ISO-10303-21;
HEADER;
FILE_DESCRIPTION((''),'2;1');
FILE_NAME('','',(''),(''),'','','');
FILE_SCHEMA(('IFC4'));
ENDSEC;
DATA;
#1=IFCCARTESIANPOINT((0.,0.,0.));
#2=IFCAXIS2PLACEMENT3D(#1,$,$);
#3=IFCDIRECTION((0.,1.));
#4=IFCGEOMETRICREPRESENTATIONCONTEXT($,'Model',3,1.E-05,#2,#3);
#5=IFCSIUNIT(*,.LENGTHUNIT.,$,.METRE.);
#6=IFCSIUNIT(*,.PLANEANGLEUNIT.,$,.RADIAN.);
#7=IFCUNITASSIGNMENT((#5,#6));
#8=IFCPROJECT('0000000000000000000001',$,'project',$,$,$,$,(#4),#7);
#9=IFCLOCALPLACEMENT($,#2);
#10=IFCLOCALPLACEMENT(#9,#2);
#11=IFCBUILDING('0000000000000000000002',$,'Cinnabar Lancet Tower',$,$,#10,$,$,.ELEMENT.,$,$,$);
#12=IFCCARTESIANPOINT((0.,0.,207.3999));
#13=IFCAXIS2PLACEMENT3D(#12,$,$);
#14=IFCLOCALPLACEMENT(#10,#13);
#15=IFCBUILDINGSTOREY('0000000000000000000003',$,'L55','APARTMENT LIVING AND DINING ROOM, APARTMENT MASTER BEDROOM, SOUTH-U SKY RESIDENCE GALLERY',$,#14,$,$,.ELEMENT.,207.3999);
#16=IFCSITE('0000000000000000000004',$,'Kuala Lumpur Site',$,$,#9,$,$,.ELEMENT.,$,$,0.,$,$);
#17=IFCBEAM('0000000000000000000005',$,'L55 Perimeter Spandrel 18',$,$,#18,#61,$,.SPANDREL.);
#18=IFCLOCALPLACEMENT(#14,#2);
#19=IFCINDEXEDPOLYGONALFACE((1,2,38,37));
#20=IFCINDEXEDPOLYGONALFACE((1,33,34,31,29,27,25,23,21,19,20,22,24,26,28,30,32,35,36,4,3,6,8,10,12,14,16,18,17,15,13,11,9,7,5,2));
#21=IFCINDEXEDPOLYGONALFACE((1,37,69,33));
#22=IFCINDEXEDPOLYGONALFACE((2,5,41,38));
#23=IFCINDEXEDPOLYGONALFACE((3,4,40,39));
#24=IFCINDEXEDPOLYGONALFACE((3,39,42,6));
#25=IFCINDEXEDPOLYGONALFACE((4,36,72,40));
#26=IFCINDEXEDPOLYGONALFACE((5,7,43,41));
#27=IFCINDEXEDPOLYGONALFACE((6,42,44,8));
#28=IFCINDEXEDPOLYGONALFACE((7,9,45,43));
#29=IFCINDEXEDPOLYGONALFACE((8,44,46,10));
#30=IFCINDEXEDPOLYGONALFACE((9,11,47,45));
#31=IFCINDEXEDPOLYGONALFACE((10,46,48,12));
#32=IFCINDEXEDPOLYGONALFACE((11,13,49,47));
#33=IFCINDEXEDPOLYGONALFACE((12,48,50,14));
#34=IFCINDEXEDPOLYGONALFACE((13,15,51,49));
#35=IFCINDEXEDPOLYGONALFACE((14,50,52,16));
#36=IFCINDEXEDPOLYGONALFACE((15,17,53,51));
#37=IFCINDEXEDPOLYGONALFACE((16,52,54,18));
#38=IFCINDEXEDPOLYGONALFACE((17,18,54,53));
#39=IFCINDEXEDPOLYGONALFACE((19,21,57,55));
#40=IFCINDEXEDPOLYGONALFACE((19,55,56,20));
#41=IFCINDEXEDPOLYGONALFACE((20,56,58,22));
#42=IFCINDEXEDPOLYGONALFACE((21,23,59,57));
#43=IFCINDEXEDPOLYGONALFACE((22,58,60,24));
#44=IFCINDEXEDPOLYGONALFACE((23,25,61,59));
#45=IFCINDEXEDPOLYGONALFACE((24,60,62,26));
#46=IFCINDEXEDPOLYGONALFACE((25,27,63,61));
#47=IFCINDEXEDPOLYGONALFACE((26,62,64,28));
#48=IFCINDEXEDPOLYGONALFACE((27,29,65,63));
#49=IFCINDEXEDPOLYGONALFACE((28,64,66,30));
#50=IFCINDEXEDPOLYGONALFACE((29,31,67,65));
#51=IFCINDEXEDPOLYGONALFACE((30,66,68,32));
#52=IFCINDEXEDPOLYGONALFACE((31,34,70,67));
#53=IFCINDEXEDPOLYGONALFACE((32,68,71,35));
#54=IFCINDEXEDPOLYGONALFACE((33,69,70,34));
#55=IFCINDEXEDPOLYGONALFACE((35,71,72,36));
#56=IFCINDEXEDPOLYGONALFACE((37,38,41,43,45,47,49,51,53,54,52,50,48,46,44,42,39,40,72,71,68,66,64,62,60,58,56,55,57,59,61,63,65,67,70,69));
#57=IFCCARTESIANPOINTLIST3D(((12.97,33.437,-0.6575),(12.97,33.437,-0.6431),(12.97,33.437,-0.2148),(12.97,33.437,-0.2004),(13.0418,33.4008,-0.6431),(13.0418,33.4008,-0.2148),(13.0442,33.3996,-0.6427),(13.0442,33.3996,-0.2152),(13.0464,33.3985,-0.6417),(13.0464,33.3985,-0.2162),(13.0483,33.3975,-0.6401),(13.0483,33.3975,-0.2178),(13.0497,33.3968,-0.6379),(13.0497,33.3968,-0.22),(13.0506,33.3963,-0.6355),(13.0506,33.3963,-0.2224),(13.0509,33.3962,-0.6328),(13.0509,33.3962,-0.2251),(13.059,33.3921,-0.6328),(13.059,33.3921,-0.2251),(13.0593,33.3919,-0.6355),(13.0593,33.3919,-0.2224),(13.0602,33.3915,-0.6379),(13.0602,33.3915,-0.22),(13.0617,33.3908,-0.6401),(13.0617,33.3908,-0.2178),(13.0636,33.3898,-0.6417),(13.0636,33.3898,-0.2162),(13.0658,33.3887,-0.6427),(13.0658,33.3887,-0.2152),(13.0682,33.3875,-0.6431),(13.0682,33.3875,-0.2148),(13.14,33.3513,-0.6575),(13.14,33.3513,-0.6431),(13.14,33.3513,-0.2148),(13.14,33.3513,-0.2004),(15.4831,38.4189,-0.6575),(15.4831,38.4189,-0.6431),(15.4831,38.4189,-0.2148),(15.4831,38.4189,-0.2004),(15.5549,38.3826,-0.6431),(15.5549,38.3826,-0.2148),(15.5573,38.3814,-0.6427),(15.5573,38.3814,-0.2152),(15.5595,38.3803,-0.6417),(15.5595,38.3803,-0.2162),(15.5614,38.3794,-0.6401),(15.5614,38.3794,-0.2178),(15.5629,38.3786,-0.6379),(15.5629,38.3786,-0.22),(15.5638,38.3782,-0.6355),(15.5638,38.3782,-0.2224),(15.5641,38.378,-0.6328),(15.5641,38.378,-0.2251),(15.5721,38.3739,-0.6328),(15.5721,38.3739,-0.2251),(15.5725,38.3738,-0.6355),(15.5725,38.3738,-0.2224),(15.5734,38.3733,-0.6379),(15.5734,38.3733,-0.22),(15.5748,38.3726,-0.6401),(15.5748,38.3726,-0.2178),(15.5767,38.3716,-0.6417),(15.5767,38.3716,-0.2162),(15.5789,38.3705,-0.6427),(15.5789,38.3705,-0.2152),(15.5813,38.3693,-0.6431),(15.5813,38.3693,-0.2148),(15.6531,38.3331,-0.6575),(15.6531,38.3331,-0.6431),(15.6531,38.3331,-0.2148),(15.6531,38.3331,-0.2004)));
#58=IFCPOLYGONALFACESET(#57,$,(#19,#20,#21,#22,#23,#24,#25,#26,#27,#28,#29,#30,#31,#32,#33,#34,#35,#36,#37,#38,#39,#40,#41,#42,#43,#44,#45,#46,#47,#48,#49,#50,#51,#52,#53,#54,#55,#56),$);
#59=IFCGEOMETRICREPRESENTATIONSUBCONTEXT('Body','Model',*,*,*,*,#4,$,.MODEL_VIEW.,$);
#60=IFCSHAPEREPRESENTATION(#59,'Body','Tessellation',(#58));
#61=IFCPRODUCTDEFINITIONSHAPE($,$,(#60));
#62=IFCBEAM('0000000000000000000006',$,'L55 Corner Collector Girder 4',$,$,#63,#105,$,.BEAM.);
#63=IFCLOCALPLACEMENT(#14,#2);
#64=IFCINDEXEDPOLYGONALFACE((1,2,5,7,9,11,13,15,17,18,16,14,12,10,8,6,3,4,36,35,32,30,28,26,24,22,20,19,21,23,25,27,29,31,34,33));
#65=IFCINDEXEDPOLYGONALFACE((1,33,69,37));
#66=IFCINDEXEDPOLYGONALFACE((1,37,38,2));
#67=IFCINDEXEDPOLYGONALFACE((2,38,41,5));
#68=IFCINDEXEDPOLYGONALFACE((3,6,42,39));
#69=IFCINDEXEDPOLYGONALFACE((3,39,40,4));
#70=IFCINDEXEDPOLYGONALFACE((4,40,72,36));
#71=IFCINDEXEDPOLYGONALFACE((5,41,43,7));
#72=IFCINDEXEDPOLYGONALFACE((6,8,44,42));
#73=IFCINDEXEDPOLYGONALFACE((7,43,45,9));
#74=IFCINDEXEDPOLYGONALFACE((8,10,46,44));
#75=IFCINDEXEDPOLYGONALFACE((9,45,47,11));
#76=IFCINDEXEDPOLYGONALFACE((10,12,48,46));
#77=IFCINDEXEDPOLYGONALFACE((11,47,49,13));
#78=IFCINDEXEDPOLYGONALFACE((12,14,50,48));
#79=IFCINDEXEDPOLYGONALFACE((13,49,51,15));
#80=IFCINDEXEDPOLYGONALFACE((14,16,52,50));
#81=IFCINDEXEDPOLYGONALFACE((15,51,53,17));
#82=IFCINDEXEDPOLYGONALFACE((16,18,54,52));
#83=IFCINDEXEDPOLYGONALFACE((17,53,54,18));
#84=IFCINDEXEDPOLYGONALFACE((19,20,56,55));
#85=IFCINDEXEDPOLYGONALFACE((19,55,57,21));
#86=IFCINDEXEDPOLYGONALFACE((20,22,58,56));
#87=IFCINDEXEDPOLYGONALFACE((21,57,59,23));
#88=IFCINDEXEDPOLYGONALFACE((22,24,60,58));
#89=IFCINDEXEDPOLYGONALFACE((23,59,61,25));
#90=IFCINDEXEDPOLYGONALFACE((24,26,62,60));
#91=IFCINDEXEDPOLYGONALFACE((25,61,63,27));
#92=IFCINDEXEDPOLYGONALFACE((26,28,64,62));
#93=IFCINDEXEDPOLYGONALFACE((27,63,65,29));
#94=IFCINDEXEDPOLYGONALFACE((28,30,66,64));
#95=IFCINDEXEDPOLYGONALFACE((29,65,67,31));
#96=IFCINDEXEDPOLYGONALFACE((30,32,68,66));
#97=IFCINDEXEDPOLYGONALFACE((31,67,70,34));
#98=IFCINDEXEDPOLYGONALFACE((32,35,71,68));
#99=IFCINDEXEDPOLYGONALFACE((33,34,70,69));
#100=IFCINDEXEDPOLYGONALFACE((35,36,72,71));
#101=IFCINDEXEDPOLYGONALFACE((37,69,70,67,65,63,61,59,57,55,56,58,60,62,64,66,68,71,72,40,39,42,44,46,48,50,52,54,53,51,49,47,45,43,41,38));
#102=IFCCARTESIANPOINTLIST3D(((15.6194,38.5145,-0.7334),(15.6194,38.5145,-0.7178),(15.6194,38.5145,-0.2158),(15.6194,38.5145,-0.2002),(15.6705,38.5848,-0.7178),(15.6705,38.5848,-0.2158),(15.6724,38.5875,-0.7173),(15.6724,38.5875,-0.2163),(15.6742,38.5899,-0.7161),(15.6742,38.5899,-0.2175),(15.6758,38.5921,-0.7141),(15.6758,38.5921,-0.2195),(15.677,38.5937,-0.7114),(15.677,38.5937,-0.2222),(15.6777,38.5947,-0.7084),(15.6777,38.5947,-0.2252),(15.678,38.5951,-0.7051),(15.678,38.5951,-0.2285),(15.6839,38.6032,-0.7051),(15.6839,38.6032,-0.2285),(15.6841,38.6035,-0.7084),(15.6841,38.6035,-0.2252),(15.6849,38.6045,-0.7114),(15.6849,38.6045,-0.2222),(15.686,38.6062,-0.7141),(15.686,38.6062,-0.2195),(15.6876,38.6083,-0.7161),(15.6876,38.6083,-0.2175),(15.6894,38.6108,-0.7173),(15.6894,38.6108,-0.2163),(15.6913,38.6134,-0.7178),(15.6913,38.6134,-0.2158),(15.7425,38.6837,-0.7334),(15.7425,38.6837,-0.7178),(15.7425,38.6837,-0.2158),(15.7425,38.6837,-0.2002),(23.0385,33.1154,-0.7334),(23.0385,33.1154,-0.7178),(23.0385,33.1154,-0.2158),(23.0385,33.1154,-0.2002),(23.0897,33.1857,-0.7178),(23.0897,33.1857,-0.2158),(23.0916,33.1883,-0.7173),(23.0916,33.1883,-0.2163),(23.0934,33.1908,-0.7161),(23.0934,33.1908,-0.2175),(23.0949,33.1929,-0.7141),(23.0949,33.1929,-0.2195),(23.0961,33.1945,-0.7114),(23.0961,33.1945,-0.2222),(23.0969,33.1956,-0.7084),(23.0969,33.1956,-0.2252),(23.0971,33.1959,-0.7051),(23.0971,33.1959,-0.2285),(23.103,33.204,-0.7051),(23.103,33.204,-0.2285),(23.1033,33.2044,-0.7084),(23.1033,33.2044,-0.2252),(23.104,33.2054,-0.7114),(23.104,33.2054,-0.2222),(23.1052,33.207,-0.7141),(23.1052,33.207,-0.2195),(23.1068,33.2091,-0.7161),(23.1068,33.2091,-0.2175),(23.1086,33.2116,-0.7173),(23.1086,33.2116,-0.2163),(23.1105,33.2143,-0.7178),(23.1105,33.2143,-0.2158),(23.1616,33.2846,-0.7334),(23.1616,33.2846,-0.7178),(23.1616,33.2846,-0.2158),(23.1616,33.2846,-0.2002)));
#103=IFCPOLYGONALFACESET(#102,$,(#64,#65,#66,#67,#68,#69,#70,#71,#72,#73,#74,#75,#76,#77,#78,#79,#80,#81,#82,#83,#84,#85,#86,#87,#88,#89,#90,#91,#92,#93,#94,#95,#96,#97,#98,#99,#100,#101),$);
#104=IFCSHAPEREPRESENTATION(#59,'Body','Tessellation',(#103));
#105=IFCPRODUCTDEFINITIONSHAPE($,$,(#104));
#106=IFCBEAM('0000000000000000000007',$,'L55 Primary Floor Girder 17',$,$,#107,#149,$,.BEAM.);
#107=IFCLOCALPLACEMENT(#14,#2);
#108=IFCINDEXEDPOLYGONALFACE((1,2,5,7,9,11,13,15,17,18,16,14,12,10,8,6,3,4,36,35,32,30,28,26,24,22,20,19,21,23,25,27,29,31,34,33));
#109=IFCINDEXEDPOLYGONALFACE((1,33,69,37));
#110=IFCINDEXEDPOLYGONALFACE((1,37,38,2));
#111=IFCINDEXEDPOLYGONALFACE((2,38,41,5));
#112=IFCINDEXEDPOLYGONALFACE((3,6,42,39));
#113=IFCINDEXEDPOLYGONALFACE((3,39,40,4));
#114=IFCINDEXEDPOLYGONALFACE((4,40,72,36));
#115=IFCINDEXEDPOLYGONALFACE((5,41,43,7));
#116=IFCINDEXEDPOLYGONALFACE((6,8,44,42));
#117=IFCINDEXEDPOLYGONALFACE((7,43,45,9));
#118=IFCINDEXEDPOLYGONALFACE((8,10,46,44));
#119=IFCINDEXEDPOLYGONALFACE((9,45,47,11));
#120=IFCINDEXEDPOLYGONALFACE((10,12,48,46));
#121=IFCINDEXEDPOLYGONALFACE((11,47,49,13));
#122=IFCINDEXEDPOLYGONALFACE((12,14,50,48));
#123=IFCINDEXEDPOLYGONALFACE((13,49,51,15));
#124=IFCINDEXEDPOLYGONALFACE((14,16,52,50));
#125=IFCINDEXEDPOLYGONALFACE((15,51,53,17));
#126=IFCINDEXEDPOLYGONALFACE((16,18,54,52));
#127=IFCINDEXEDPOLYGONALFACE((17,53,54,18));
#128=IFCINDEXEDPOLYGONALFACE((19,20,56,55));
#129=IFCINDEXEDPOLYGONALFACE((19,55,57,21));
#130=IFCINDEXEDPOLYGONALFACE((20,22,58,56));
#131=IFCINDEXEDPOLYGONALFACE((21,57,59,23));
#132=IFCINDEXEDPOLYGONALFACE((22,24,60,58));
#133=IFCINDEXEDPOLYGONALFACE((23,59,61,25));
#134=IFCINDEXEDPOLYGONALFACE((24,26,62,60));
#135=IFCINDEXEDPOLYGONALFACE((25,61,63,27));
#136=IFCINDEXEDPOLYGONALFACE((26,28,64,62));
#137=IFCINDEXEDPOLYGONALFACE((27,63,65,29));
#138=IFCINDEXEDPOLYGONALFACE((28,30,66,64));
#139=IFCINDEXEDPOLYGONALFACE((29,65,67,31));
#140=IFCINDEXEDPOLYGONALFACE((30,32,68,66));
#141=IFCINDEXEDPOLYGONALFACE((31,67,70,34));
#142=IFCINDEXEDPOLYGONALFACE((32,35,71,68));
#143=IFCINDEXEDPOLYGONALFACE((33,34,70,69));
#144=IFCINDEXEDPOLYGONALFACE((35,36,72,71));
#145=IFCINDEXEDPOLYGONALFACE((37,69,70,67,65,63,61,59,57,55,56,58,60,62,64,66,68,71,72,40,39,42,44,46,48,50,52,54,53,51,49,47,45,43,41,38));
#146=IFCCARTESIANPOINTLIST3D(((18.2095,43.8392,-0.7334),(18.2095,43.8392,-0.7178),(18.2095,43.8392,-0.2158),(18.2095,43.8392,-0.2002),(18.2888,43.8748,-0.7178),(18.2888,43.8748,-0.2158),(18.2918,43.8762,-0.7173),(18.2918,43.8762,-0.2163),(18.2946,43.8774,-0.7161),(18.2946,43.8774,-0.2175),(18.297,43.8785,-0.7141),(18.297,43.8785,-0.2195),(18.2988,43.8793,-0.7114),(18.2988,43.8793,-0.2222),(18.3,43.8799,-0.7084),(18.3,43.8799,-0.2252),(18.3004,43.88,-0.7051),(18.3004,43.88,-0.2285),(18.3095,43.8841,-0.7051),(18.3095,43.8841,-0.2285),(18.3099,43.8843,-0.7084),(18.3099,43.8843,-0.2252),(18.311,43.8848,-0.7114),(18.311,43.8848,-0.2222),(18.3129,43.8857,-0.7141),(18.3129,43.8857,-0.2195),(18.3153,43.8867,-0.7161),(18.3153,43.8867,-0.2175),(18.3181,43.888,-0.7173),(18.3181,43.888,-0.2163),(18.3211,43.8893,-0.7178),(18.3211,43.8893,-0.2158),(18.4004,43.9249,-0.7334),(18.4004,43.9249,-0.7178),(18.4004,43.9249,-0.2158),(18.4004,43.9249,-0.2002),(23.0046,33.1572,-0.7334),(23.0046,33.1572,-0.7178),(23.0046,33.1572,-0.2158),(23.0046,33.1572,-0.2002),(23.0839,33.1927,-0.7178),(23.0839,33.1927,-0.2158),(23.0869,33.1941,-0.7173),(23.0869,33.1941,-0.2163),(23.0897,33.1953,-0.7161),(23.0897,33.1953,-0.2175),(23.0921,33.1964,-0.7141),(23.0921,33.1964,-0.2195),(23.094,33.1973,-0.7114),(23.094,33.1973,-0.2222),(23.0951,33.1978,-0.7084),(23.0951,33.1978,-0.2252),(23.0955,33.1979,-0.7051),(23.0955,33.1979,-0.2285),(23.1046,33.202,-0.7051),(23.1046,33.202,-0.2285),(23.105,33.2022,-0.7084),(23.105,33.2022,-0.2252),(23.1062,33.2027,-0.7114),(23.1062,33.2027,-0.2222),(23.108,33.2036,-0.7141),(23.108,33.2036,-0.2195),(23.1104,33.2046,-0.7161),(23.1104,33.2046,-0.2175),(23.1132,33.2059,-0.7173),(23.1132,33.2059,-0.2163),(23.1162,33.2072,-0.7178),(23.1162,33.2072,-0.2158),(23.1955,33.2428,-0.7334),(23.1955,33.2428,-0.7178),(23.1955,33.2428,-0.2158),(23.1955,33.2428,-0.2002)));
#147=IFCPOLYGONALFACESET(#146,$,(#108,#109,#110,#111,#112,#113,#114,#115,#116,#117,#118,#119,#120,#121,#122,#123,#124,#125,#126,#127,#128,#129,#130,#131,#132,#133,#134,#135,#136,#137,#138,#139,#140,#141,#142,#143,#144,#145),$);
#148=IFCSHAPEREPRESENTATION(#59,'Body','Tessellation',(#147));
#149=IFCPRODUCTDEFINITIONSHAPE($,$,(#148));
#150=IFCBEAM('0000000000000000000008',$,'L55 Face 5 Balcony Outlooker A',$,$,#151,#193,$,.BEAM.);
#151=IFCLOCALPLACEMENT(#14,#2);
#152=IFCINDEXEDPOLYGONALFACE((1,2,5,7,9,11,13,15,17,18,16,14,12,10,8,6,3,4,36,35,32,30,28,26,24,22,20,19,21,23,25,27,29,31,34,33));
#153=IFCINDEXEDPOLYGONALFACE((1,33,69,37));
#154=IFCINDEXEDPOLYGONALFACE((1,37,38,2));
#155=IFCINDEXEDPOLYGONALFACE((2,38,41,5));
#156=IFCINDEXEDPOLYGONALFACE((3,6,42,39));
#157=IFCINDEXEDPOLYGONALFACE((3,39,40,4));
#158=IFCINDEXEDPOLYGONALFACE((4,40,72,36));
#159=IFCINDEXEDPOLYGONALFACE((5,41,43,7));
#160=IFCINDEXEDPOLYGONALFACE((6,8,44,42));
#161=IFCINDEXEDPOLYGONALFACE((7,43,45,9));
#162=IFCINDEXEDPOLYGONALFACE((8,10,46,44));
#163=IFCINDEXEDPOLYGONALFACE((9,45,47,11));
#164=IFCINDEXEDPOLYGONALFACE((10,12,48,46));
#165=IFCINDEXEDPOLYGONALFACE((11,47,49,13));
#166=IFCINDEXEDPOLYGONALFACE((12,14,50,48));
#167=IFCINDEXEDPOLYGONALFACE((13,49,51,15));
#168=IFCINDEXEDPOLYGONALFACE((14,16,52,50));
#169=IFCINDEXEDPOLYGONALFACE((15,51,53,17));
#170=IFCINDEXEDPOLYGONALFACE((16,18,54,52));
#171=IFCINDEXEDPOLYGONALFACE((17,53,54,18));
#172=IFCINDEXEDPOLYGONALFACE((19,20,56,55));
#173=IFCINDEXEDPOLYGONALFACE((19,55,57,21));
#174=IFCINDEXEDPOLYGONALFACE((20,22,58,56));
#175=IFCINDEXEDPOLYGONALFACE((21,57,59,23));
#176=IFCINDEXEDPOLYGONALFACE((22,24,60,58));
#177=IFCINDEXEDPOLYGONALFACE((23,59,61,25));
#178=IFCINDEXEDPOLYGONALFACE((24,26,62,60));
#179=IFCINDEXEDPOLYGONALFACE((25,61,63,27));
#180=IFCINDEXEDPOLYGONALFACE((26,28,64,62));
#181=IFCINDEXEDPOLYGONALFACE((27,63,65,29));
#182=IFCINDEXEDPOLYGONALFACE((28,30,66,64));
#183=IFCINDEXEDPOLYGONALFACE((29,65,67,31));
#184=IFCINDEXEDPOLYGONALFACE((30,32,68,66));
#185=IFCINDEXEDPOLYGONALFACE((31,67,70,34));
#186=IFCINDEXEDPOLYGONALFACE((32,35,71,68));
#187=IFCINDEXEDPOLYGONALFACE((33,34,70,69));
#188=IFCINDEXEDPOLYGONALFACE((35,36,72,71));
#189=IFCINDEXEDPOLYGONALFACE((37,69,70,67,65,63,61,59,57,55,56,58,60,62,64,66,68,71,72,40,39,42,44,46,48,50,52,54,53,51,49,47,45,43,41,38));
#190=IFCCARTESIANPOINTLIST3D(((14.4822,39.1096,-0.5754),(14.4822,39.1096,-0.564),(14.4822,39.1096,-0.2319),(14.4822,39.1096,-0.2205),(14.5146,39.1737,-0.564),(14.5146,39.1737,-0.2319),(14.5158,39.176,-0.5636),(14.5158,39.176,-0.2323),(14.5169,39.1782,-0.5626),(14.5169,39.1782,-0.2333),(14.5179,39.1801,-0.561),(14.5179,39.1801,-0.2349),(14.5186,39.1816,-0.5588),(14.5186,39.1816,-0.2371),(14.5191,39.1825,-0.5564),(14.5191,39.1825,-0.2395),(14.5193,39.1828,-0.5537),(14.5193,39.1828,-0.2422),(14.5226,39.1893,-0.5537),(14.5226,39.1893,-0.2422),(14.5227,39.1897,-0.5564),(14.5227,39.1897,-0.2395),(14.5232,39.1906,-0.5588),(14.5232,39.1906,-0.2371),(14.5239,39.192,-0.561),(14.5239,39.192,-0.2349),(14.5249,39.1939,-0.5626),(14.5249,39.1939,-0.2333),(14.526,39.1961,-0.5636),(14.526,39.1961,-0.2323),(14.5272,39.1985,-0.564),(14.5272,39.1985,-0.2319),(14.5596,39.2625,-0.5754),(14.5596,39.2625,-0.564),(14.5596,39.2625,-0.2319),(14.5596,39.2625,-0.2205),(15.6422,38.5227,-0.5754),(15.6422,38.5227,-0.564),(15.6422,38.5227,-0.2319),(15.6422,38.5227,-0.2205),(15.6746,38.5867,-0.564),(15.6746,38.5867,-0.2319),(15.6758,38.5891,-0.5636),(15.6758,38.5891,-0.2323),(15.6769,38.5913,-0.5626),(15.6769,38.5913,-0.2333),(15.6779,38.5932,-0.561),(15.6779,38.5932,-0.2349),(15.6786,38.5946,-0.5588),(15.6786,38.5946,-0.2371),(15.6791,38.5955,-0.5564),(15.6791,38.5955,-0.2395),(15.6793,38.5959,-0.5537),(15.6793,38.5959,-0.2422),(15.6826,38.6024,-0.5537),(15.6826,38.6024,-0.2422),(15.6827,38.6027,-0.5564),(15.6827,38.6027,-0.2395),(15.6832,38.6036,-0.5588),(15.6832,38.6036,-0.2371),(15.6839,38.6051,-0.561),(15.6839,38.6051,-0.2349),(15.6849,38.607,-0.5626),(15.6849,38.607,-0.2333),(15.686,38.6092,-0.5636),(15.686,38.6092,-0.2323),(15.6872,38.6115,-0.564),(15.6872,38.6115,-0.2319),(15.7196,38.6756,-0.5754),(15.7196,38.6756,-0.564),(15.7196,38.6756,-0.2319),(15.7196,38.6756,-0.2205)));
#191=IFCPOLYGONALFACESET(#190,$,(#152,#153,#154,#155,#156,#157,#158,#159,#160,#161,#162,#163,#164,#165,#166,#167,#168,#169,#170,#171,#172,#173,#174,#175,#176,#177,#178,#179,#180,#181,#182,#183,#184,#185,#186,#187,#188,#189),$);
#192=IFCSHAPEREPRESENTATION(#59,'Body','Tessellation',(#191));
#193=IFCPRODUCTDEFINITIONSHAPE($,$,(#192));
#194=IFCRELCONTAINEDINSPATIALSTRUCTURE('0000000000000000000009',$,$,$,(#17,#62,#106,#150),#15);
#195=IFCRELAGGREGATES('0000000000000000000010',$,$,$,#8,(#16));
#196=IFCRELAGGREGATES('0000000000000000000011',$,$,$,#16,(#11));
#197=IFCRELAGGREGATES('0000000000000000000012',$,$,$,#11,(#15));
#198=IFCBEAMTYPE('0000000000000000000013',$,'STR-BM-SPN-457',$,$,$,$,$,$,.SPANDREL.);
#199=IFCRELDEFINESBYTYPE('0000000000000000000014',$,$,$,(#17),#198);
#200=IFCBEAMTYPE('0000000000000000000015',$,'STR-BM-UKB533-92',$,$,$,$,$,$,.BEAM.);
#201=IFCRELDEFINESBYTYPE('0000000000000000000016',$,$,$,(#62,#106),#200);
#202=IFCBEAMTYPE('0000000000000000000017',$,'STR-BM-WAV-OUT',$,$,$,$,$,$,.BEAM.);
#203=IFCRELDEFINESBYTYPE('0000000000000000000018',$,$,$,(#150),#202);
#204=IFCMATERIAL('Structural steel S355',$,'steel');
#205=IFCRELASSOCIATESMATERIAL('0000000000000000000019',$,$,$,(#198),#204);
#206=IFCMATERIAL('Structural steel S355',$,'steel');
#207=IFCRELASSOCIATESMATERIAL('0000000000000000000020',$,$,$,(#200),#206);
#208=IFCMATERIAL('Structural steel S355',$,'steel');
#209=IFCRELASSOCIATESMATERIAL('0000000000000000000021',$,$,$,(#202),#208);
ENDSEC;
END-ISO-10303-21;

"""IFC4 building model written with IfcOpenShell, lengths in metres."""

from ifc_helpers import new_model, si_unit, direction, frame, origin, origin_2d, place, context, subcontext, project, spatial, i_section, extrude, material, material_profile, profile_set, type_object, element, save


model = new_model("IFC4")

# Units and contexts
model_context = context("Model", 3, precision=1e-05, world=origin(), true_north=direction((0.0, 1.0)))
body_context = subcontext(model_context, "Body", "Model", "MODEL_VIEW")
ifc_project = project(units=[si_unit("LENGTHUNIT", "METRE"), si_unit("PLANEANGLEUNIT", "RADIAN")], contexts=[model_context])

# Site, building, storey
site_placement = place(None, origin())
site = spatial("IfcSite", under=ifc_project, at=site_placement, Name="Kuala Lumpur Site", CompositionType="ELEMENT", RefElevation=0.0)
building_placement = place(site_placement, origin())
building = spatial("IfcBuilding", under=site, at=building_placement, Name="Cinnabar Lancet Tower", CompositionType="ELEMENT")
storey_placement = place(building_placement, frame((0.0, 0.0, 207.3999)))
storey = spatial("IfcBuildingStorey", under=building, at=storey_placement, Name="L55", Description="APARTMENT LIVING AND DINING ROOM, APARTMENT MASTER BEDROOM, SOUTH-U SKY RESIDENCE GALLERY", CompositionType="ELEMENT", Elevation=207.3999)

# Beams
ifc_material_1 = material(Name="Structural steel S355", Category="steel")
ifc_material_profile_1 = material_profile(ifc_material_1, i_section(OverallWidth=0.1904, OverallDepth=0.457, WebThickness=0.009, FlangeThickness=0.0144, FilletRadius=0.0103, at=origin_2d()), Name="UKB 457x191x74")
ifc_profile_set_1 = profile_set([ifc_material_profile_1], Name="Structural steel S355")
beam_type_1 = type_object("IfcBeamType", Name="STR-BM-SPN-457", PredefinedType="SPANDREL", material=ifc_profile_set_1)
beam_1_placement = place(storey_placement, frame((15.5681, 38.376, -0.429), z_axis=(-0.450396, -0.892829, 0.0), x_axis=(0.892829, -0.450396, 0.0)))
element("IfcBeam", 1, at=beam_1_placement, inside=storey, type_object=beam_type_1, Name="L55 Perimeter Spandrel 18", PredefinedType="SPANDREL", context=body_context, shape_type="SweptSolid", body=[
    extrude(i_section(OverallWidth=0.1904, OverallDepth=0.457, WebThickness=0.009, FlangeThickness=0.0144, FilletRadius=0.0103, at=origin_2d()), origin(), (0.0, 0.0, 1.0), 5.5798),
])
ifc_material_2 = material(Name="Structural steel S355", Category="steel")
ifc_material_profile_2 = material_profile(ifc_material_2, i_section(OverallWidth=0.2092, OverallDepth=0.5332, WebThickness=0.01, FlangeThickness=0.0156, FilletRadius=0.0127, at=origin_2d()), Name="UKB 533x210x92")
ifc_profile_set_2 = profile_set([ifc_material_profile_2], Name="Structural steel S355")
beam_type_2 = type_object("IfcBeamType", Name="STR-BM-UKB533-92", PredefinedType="BEAM", material=ifc_profile_set_2)
beam_2_placement = place(storey_placement, frame((15.6809, 38.5991, -0.4668), z_axis=(0.80856, -0.588414, 0.0), x_axis=(0.588414, 0.80856, 0.0)))
element("IfcBeam", 2, at=beam_2_placement, inside=storey, type_object=beam_type_2, Name="L55 Corner Collector Girder 4", PredefinedType="BEAM", context=body_context, shape_type="SweptSolid", body=[
    extrude(i_section(OverallWidth=0.2092, OverallDepth=0.5332, WebThickness=0.01, FlangeThickness=0.0156, FilletRadius=0.0127, at=origin_2d()), origin(), (0.0, 0.0, 1.0), 9.1758),
])
beam_3_placement = place(storey_placement, frame((18.3049, 43.8821, -0.4668), z_axis=(0.409527, -0.912298, 0.0), x_axis=(0.912298, 0.409527, 0.0)))
element("IfcBeam", 3, at=beam_3_placement, inside=storey, type_object=beam_type_2, Name="L55 Primary Floor Girder 17", PredefinedType="BEAM", context=body_context, shape_type="SweptSolid", body=[
    extrude(i_section(OverallWidth=0.2092, OverallDepth=0.5332, WebThickness=0.01, FlangeThickness=0.0156, FilletRadius=0.0127, at=origin_2d()), origin(), (0.0, 0.0, 1.0), 11.709),
])
ifc_material_3 = material(Name="Structural steel S355", Category="steel")
ifc_material_profile_3 = material_profile(ifc_material_3, i_section(OverallWidth=0.1714, OverallDepth=0.355, WebThickness=0.0073, FlangeThickness=0.0115, FilletRadius=0.0103, at=origin_2d()), Name="UKB 356x171x51")
ifc_profile_set_3 = profile_set([ifc_material_profile_3], Name="Structural steel S355")
beam_type_3 = type_object("IfcBeamType", Name="STR-BM-WAV-OUT", PredefinedType="BEAM", material=ifc_profile_set_3)
beam_4_placement = place(storey_placement, frame((15.6809, 38.5991, -0.3979), z_axis=(-0.892276, 0.45149, 0.0), x_axis=(-0.45149, -0.892276, 0.0)))
element("IfcBeam", 4, at=beam_4_placement, inside=storey, type_object=beam_type_3, Name="L55 Face 5 Balcony Outlooker A", PredefinedType="BEAM", context=body_context, shape_type="SweptSolid", body=[
    extrude(i_section(OverallWidth=0.1714, OverallDepth=0.355, WebThickness=0.0073, FlangeThickness=0.0115, FilletRadius=0.0103, at=origin_2d()), origin(), (0.0, 0.0, 1.0), 1.3),
])

save(model, "model.ifc")
